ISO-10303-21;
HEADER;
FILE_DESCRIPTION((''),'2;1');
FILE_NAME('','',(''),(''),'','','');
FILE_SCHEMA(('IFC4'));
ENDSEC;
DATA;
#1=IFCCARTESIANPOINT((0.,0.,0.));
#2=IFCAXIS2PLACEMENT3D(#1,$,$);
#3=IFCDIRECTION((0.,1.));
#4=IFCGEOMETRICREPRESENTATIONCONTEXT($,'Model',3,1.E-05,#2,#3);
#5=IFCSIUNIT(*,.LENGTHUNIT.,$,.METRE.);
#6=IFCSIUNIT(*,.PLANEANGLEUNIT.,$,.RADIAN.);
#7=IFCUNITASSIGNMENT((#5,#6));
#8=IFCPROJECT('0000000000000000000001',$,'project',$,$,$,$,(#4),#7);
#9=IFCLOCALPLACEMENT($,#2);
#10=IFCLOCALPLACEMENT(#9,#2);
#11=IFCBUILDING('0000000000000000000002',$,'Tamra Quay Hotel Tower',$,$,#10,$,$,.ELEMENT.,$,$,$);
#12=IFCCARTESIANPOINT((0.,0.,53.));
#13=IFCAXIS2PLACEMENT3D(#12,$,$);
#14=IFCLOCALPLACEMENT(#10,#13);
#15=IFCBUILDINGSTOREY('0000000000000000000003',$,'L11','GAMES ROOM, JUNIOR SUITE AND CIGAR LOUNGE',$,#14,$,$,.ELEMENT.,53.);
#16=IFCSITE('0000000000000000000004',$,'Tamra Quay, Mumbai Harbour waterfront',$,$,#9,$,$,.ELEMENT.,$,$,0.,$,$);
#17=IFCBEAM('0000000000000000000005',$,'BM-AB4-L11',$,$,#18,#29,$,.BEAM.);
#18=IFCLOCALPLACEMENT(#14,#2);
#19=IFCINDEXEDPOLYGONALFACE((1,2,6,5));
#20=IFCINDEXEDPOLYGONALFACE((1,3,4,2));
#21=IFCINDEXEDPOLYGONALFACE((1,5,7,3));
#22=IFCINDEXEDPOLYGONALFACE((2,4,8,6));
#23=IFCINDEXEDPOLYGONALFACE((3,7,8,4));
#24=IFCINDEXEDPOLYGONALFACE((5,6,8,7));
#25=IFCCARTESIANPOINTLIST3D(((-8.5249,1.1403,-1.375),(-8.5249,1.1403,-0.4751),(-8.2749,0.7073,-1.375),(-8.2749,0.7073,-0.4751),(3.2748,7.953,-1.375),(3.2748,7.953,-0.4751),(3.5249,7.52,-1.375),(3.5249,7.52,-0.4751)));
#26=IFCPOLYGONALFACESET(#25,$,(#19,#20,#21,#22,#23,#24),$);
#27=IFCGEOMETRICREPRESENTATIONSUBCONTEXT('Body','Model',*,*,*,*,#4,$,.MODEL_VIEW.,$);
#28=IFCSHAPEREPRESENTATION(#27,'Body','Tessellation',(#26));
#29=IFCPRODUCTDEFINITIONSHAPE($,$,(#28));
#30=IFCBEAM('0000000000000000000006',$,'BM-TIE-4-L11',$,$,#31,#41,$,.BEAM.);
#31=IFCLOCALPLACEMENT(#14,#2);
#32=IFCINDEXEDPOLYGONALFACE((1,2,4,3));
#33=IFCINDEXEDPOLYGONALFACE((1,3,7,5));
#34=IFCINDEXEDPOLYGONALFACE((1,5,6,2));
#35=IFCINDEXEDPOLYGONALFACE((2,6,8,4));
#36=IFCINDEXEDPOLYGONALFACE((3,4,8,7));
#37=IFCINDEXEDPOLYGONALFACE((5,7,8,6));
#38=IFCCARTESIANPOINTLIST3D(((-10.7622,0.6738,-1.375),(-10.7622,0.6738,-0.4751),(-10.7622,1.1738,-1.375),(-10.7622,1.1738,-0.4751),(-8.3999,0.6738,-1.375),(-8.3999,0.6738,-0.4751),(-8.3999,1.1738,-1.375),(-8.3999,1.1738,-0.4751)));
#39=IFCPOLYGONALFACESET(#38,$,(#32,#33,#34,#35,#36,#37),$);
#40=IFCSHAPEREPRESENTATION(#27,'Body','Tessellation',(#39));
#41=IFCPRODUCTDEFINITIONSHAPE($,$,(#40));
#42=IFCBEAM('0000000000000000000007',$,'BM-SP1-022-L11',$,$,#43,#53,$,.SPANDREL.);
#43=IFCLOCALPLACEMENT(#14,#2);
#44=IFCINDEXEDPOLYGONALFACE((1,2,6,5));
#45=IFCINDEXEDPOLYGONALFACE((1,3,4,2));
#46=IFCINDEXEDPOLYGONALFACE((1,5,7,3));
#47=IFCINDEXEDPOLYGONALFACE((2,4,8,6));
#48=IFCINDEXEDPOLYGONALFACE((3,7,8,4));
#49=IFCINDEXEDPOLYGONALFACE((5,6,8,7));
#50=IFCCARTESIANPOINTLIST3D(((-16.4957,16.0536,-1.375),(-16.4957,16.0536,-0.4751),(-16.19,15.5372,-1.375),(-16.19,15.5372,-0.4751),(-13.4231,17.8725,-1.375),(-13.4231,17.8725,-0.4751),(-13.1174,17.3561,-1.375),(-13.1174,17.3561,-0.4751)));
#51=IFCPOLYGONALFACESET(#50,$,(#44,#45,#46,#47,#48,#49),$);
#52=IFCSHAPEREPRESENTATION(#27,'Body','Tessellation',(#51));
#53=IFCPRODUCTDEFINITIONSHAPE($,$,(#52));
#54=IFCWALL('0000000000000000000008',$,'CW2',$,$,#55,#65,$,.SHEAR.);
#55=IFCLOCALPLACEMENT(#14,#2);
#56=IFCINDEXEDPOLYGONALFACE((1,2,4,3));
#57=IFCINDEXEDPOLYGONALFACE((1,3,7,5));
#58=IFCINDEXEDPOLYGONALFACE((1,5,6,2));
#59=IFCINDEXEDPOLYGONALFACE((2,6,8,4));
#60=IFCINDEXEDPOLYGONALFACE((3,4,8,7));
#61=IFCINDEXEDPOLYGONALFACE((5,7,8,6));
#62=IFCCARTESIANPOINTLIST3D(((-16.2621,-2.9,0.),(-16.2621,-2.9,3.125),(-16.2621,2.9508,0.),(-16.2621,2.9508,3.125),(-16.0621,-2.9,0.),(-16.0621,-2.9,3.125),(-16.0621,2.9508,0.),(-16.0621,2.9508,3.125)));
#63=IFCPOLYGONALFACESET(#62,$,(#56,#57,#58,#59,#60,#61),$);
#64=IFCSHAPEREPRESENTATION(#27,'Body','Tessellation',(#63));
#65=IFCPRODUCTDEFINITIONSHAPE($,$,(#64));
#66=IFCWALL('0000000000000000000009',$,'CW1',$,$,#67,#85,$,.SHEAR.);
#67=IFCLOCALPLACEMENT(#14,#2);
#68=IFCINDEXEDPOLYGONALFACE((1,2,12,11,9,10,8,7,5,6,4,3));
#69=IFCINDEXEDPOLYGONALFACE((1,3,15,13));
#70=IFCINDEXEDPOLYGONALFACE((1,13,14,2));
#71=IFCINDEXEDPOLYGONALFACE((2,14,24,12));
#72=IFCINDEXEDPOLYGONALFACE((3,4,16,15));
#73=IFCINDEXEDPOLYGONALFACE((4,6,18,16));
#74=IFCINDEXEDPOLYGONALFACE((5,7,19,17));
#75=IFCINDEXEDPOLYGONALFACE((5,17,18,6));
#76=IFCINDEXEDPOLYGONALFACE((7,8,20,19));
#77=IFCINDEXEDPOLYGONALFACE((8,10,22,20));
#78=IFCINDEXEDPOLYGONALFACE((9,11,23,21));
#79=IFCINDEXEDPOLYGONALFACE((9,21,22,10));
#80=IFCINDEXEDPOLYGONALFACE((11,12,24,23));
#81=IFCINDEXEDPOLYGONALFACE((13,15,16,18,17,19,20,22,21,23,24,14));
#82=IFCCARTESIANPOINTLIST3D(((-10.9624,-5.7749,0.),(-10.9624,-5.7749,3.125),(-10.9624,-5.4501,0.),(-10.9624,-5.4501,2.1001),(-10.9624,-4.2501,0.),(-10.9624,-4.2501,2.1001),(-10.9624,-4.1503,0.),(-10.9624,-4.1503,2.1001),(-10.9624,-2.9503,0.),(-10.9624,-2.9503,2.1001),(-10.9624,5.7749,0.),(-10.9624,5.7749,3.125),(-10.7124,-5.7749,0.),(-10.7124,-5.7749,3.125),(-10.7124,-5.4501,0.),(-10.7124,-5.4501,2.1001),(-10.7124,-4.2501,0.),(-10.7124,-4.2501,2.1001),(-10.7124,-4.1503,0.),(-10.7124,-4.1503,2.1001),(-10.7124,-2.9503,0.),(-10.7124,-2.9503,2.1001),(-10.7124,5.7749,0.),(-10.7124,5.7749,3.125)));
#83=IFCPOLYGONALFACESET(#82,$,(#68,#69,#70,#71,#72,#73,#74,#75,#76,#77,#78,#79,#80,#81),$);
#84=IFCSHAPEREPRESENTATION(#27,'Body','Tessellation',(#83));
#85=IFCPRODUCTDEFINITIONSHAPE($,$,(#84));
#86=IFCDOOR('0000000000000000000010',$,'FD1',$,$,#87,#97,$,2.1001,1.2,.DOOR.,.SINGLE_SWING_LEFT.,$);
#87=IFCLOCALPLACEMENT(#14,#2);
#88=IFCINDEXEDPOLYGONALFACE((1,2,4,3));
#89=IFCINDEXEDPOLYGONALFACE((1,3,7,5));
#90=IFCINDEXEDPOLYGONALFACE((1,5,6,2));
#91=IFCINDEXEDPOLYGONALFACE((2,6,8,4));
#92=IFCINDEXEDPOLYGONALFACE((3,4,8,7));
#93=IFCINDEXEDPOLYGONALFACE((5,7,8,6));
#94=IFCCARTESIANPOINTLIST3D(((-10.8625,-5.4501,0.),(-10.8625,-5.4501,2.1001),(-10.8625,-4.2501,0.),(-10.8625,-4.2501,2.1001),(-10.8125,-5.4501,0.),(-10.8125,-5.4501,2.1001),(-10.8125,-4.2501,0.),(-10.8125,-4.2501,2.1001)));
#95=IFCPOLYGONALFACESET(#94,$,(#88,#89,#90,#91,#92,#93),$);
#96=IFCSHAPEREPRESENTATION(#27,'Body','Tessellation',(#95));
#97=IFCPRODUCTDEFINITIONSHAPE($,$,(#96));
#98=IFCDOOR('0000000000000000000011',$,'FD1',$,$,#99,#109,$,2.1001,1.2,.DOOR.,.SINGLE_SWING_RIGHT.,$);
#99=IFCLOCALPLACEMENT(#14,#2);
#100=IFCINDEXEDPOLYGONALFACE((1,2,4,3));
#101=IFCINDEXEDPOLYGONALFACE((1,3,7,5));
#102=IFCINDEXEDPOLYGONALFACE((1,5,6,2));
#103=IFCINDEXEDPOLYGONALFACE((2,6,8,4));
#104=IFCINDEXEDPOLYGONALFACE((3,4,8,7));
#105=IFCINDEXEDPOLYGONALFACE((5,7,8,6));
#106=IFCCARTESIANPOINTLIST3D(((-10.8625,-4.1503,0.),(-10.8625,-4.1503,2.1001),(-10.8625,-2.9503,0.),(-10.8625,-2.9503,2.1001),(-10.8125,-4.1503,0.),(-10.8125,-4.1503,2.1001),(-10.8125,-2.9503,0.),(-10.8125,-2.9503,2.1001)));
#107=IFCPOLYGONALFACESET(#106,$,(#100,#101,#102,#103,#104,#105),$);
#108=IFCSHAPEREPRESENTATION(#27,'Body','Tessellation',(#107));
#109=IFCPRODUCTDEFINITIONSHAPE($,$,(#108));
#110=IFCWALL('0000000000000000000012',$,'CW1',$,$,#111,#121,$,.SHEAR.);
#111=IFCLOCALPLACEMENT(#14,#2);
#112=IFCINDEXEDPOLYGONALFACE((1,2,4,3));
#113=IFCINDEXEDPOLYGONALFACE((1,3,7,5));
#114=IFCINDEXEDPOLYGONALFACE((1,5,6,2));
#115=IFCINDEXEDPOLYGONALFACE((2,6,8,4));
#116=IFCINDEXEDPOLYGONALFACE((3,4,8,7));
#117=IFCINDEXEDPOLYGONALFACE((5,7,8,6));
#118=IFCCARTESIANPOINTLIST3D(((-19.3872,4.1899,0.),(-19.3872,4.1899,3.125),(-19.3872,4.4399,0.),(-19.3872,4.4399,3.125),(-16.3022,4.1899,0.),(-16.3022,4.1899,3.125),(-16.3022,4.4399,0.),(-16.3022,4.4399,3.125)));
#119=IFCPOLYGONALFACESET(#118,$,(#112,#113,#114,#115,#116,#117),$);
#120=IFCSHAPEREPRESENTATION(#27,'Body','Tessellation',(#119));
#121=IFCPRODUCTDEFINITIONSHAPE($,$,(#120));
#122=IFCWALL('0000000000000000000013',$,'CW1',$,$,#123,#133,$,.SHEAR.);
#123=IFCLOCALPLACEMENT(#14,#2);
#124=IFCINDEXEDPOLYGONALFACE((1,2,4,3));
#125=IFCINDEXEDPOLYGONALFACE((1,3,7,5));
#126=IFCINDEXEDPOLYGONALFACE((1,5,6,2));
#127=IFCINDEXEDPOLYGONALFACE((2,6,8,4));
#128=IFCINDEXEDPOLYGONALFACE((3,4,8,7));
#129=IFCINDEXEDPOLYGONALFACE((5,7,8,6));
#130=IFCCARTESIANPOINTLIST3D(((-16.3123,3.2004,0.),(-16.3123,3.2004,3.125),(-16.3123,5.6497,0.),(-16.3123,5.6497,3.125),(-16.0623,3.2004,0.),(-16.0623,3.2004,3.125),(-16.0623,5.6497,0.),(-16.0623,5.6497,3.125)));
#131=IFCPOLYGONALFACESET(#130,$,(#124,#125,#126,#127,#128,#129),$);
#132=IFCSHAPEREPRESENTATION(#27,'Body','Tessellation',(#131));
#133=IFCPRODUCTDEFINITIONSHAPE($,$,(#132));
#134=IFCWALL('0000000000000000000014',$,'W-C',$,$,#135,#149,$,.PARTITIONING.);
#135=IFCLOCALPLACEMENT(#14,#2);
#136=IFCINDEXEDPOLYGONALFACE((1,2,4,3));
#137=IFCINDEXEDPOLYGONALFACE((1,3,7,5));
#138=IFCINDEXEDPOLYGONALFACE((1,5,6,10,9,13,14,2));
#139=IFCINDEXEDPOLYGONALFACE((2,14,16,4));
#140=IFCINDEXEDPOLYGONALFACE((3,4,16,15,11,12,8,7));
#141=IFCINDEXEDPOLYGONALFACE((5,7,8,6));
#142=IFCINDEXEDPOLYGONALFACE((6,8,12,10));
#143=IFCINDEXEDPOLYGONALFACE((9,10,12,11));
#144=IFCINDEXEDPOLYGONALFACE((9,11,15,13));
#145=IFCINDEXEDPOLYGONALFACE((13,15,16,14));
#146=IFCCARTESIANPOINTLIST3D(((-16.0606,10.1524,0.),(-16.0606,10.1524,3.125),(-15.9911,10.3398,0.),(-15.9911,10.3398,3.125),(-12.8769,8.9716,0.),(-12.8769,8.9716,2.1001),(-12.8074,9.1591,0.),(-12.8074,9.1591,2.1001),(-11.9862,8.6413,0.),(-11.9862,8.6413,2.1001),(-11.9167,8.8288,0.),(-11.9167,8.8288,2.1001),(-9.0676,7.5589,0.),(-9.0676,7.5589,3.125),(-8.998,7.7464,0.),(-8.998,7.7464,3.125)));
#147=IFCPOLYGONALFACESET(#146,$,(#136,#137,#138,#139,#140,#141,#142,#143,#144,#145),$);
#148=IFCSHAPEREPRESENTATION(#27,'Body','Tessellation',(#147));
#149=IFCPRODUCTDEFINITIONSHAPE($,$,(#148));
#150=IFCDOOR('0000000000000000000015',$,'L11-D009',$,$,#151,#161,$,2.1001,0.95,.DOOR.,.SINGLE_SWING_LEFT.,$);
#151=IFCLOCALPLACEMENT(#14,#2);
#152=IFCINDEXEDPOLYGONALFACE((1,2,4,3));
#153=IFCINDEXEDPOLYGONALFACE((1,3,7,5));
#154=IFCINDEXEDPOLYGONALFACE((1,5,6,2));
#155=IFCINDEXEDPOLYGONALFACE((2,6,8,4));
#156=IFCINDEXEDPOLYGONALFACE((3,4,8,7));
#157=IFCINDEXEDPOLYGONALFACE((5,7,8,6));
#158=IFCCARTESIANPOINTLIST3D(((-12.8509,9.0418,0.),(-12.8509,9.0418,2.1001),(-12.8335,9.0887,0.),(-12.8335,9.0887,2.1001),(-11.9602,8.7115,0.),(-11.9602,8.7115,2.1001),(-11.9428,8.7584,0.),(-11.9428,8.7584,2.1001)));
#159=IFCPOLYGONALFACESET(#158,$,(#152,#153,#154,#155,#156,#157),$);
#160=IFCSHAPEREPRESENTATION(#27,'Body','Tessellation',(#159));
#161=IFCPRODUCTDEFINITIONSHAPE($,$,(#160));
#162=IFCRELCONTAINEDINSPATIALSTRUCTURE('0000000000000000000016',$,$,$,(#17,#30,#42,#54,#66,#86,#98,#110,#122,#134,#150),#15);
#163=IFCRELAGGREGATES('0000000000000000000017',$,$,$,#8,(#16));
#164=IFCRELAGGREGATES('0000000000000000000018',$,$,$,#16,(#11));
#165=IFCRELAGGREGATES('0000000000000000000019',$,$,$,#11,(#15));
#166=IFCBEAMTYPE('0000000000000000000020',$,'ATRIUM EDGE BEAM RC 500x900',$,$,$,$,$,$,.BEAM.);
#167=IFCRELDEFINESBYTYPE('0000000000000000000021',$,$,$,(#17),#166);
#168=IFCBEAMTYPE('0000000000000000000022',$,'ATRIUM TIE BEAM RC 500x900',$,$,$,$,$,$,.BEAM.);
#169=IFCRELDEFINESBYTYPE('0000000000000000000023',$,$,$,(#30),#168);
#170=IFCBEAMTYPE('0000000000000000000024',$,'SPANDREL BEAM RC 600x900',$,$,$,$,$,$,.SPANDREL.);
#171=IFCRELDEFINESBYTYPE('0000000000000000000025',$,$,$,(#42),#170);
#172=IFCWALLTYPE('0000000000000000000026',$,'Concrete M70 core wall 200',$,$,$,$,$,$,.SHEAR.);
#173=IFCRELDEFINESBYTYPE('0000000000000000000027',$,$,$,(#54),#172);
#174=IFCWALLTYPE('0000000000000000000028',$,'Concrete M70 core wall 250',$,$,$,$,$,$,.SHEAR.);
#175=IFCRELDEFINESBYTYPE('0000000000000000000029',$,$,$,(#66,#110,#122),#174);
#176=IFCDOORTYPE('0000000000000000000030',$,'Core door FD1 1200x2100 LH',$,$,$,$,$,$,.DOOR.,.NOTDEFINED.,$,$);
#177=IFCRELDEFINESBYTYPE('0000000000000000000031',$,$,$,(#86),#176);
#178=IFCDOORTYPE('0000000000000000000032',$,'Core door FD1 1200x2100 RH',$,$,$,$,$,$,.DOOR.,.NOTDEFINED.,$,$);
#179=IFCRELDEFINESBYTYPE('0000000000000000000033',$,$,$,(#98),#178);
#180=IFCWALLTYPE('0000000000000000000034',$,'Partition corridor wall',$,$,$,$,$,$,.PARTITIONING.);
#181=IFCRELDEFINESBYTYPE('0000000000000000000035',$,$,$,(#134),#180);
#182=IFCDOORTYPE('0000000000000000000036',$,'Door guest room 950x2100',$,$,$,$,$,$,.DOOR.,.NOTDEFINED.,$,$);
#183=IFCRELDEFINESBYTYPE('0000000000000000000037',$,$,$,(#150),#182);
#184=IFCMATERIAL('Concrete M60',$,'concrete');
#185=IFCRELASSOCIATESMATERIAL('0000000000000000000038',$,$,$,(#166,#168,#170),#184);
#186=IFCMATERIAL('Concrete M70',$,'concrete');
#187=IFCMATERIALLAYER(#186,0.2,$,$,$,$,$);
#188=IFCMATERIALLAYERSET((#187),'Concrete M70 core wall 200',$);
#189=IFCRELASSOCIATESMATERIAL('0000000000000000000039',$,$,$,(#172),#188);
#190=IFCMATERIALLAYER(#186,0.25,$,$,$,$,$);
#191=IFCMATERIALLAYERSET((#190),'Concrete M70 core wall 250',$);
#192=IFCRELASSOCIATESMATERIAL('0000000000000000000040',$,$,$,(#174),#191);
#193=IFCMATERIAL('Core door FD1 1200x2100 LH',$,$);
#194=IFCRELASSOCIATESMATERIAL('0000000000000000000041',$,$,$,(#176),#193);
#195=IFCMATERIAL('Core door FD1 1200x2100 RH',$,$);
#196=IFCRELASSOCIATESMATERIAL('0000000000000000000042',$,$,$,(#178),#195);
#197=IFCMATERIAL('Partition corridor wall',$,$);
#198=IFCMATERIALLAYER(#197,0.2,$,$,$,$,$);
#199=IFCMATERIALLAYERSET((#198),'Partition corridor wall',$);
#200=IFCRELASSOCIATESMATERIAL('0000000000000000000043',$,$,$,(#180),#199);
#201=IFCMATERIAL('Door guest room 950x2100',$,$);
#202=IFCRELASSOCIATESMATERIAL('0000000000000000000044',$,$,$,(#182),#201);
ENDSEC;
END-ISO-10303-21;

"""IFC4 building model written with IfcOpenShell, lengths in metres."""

from ifc_helpers import new_model, si_unit, direction, frame, frame_2d, origin, origin_2d, place, context, subcontext, project, spatial, rectangle, extrude, material, layer, layer_set, material_profile, profile_set, type_object, element, fill, save


model = new_model("IFC4")

# Units and contexts
model_context = context("Model", 3, precision=1e-05, world=origin(), true_north=direction((0.0, 1.0)))
body_context = subcontext(model_context, "Body", "Model", "MODEL_VIEW")
ifc_project = project(units=[si_unit("LENGTHUNIT", "METRE"), si_unit("PLANEANGLEUNIT", "RADIAN")], contexts=[model_context])

# Site, building, storey
site_placement = place(None, origin())
site = spatial("IfcSite", under=ifc_project, at=site_placement, Name="Tamra Quay, Mumbai Harbour waterfront", CompositionType="ELEMENT", RefElevation=0.0)
building_placement = place(site_placement, origin())
building = spatial("IfcBuilding", under=site, at=building_placement, Name="Tamra Quay Hotel Tower", CompositionType="ELEMENT")
storey_placement = place(building_placement, frame((0.0, 0.0, 53.0)))
storey = spatial("IfcBuildingStorey", under=building, at=storey_placement, Name="L11", Description="GAMES ROOM, JUNIOR SUITE AND CIGAR LOUNGE", CompositionType="ELEMENT", Elevation=53.0)

# Beams
ifc_material_1 = material(Name="Concrete M60", Category="concrete")
ifc_material_profile_1 = material_profile(ifc_material_1, rectangle(XDim=0.5, YDim=0.8999, at=origin_2d()), Name="ATRIUM EDGE BEAM RC 500x900")
ifc_profile_set_1 = profile_set([ifc_material_profile_1], Name="Concrete M60")
beam_type_1 = type_object("IfcBeamType", Name="ATRIUM EDGE BEAM RC 500x900", PredefinedType="BEAM", material=ifc_profile_set_1)
beam_1_placement = place(storey_placement, frame((-8.3999, 0.9238, -0.925), z_axis=(0.866021, 0.500007, 0.0), x_axis=(-0.500007, 0.866021, 0.0)))
element("IfcBeam", 1, at=beam_1_placement, inside=storey, type_object=beam_type_1, Name="BM-AB4-L11", PredefinedType="BEAM", context=body_context, shape_type="SweptSolid", body=[
    extrude(rectangle(XDim=0.5, YDim=0.8999, at=origin_2d()), origin(), (0.0, 0.0, 1.0), 13.6252),
])
ifc_material_profile_2 = material_profile(ifc_material_1, rectangle(XDim=0.5, YDim=0.8999, at=origin_2d()), Name="ATRIUM TIE BEAM RC 500x900")
ifc_profile_set_2 = profile_set([ifc_material_profile_2], Name="Concrete M60")
beam_type_2 = type_object("IfcBeamType", Name="ATRIUM TIE BEAM RC 500x900", PredefinedType="BEAM", material=ifc_profile_set_2)
beam_2_placement = place(storey_placement, frame((-8.3999, 0.9238, -0.925), z_axis=(-1.0, 0.0, 0.0), x_axis=(0.0, -1.0, 0.0)))
element("IfcBeam", 2, at=beam_2_placement, inside=storey, type_object=beam_type_2, Name="BM-TIE-4-L11", PredefinedType="BEAM", context=body_context, shape_type="SweptSolid", body=[
    extrude(rectangle(XDim=0.5, YDim=0.8999, at=origin_2d()), origin(), (0.0, 0.0, 1.0), 2.3623),
])
ifc_material_profile_3 = material_profile(ifc_material_1, rectangle(XDim=0.6001, YDim=0.8999, at=origin_2d()), Name="SPANDREL BEAM RC 600x900")
ifc_profile_set_3 = profile_set([ifc_material_profile_3], Name="Concrete M60")
beam_type_3 = type_object("IfcBeamType", Name="SPANDREL BEAM RC 600x900", PredefinedType="SPANDREL", material=ifc_profile_set_3)
beam_3_placement = place(storey_placement, frame((-13.2703, 17.6143, -0.925), z_axis=(-0.860525, -0.509409, 0.0), x_axis=(0.509409, -0.860525, 0.0)))
element("IfcBeam", 3, at=beam_3_placement, inside=storey, type_object=beam_type_3, Name="BM-SP1-022-L11", PredefinedType="SPANDREL", context=body_context, shape_type="SweptSolid", body=[
    extrude(rectangle(XDim=0.6001, YDim=0.8999, at=origin_2d()), origin(), (0.0, 0.0, 1.0), 3.5706),
])

# Wall
ifc_material_2 = material(Name="Concrete M70", Category="concrete")
ifc_layer_1 = layer(ifc_material_2, 0.2)
ifc_layer_set_1 = layer_set([ifc_layer_1], Name="Concrete M70 core wall 200")
wall_type_1 = type_object("IfcWallType", Name="Concrete M70 core wall 200", PredefinedType="SHEAR", material=ifc_layer_set_1)
wall_1_placement = place(storey_placement, frame((-16.1621, 2.9507, 0.0), z_axis=(0.0, 0.0, 1.0), x_axis=(0.0, -1.0, 0.0)))
element("IfcWall", 4, at=wall_1_placement, inside=storey, type_object=wall_type_1, Name="CW2", PredefinedType="SHEAR", context=body_context, shape_type="SweptSolid", body=[
    extrude(rectangle(XDim=5.8508, YDim=0.2, at=frame_2d((2.9253, 0.0))), origin(), (0.0, 0.0, 1.0), 3.125),
])

# Wall, openings, doors
ifc_layer_2 = layer(ifc_material_2, 0.25)
ifc_layer_set_2 = layer_set([ifc_layer_2], Name="Concrete M70 core wall 250")
wall_type_2 = type_object("IfcWallType", Name="Concrete M70 core wall 250", PredefinedType="SHEAR", material=ifc_layer_set_2)
wall_2_placement = place(storey_placement, frame((-10.8374, 5.7749, 0.0), z_axis=(0.0, 0.0, 1.0), x_axis=(0.0, -1.0, 0.0)))
wall_2 = element("IfcWall", 5, at=wall_2_placement, inside=storey, type_object=wall_type_2, Name="CW1", PredefinedType="SHEAR", context=body_context, shape_type="SweptSolid", body=[
    extrude(rectangle(XDim=11.5498, YDim=0.25, at=frame_2d((5.7749, 0.0))), origin(), (0.0, 0.0, 1.0), 3.125),
])
opening_1_placement = place(wall_2_placement, frame((10.0249, 0.0, 0.0)))
opening_1 = element("IfcOpeningElement", 6, at=opening_1_placement, cuts=wall_2, PredefinedType="OPENING", context=body_context, shape_type="SweptSolid", body=[
    extrude(rectangle(XDim=1.2, YDim=2.1001, at=frame_2d((0.6001, 1.05))), frame((0.0, 0.135, 0.0), z_axis=(0.0, -1.0, 0.0), x_axis=(1.0, 0.0, 0.0)), (0.0, 0.0, 1.0), 0.27),
])
opening_2_placement = place(wall_2_placement, frame((8.7251, 0.0, 0.0)))
opening_2 = element("IfcOpeningElement", 7, at=opening_2_placement, cuts=wall_2, PredefinedType="OPENING", context=body_context, shape_type="SweptSolid", body=[
    extrude(rectangle(XDim=1.2, YDim=2.1001, at=frame_2d((0.6001, 1.05))), frame((0.0, 0.135, 0.0), z_axis=(0.0, -1.0, 0.0), x_axis=(1.0, 0.0, 0.0)), (0.0, 0.0, 1.0), 0.27),
])
ifc_material_3 = material(Name="Core door FD1 1200x2100 LH")
door_type_1 = type_object("IfcDoorType", Name="Core door FD1 1200x2100 LH", OperationType="NOTDEFINED", PredefinedType="DOOR", material=ifc_material_3)
door_1_placement = place(opening_1_placement, origin())
door_1 = element("IfcDoor", 8, at=door_1_placement, inside=storey, type_object=door_type_1, Name="FD1", OperationType="SINGLE_SWING_LEFT", OverallHeight=2.1001, OverallWidth=1.2, PredefinedType="DOOR", context=body_context, shape_type="SweptSolid", body=[
    extrude(rectangle(XDim=1.2, YDim=2.1001, at=frame_2d((0.6001, 1.05))), frame((0.0, 0.0249, 0.0), z_axis=(0.0, -1.0, 0.0), x_axis=(1.0, 0.0, 0.0)), (0.0, 0.0, 1.0), 0.05),
])
fill(opening_1, door_1)
ifc_material_4 = material(Name="Core door FD1 1200x2100 RH")
door_type_2 = type_object("IfcDoorType", Name="Core door FD1 1200x2100 RH", OperationType="NOTDEFINED", PredefinedType="DOOR", material=ifc_material_4)
door_2_placement = place(opening_2_placement, origin())
door_2 = element("IfcDoor", 9, at=door_2_placement, inside=storey, type_object=door_type_2, Name="FD1", OperationType="SINGLE_SWING_RIGHT", OverallHeight=2.1001, OverallWidth=1.2, PredefinedType="DOOR", context=body_context, shape_type="SweptSolid", body=[
    extrude(rectangle(XDim=1.2, YDim=2.1001, at=frame_2d((0.6001, 1.05))), frame((0.0, 0.0249, 0.0), z_axis=(0.0, -1.0, 0.0), x_axis=(1.0, 0.0, 0.0)), (0.0, 0.0, 1.0), 0.05),
])
fill(opening_2, door_2)

# Walls
wall_3_placement = place(storey_placement, frame((-16.3022, 4.3149, 0.0), z_axis=(0.0, 0.0, 1.0), x_axis=(-1.0, 0.0, 0.0)))
element("IfcWall", 10, at=wall_3_placement, inside=storey, type_object=wall_type_2, Name="CW1", PredefinedType="SHEAR", context=body_context, shape_type="SweptSolid", body=[
    extrude(rectangle(XDim=3.085, YDim=0.25, at=frame_2d((1.5425, 0.0))), origin(), (0.0, 0.0, 1.0), 3.125),
])
wall_4_placement = place(storey_placement, frame((-16.1873, 3.2004, 0.0), z_axis=(0.0, 0.0, 1.0), x_axis=(0.0, 1.0, 0.0)))
element("IfcWall", 11, at=wall_4_placement, inside=storey, type_object=wall_type_2, Name="CW1", PredefinedType="SHEAR", context=body_context, shape_type="SweptSolid", body=[
    extrude(rectangle(XDim=2.4492, YDim=0.25, at=frame_2d((1.2246, 0.0))), origin(), (0.0, 0.0, 1.0), 3.125),
])

# Wall, opening, door
ifc_material_5 = material(Name="Partition corridor wall")
ifc_layer_3 = layer(ifc_material_5, 0.2)
ifc_layer_set_3 = layer_set([ifc_layer_3], Name="Partition corridor wall")
wall_type_3 = type_object("IfcWallType", Name="Partition corridor wall", PredefinedType="PARTITIONING", material=ifc_layer_set_3)
wall_5_placement = place(storey_placement, frame((-16.0259, 10.2461, 0.0), z_axis=(0.0, 0.0, 1.0), x_axis=(0.937598, -0.347721, 0.0)))
wall_5 = element("IfcWall", 12, at=wall_5_placement, inside=storey, type_object=wall_type_3, Name="W-C", PredefinedType="PARTITIONING", context=body_context, shape_type="SweptSolid", body=[
    extrude(rectangle(XDim=7.4585, YDim=0.2, at=frame_2d((3.7292, 0.0))), origin(), (0.0, 0.0, 1.0), 3.125),
])
opening_3_placement = place(wall_5_placement, frame((3.3955, 0.0, 0.0)))
opening_3 = element("IfcOpeningElement", 13, at=opening_3_placement, cuts=wall_5, PredefinedType="OPENING", context=body_context, shape_type="SweptSolid", body=[
    extrude(rectangle(XDim=0.95, YDim=2.1001, at=frame_2d((0.4751, 1.05))), frame((0.0, 0.1099, 0.0), z_axis=(0.0, -1.0, 0.0), x_axis=(1.0, 0.0, 0.0)), (0.0, 0.0, 1.0), 0.22),
])
ifc_material_6 = material(Name="Door guest room 950x2100")
door_type_3 = type_object("IfcDoorType", Name="Door guest room 950x2100", OperationType="NOTDEFINED", PredefinedType="DOOR", material=ifc_material_6)
door_3_placement = place(opening_3_placement, origin())
door_3 = element("IfcDoor", 14, at=door_3_placement, inside=storey, type_object=door_type_3, Name="L11-D009", OperationType="SINGLE_SWING_LEFT", OverallHeight=2.1001, OverallWidth=0.95, PredefinedType="DOOR", context=body_context, shape_type="SweptSolid", body=[
    extrude(rectangle(XDim=0.95, YDim=2.1001, at=frame_2d((0.4751, 1.05))), frame((0.0, 0.0249, 0.0), z_axis=(0.0, -1.0, 0.0), x_axis=(1.0, 0.0, 0.0)), (0.0, 0.0, 1.0), 0.05),
])
fill(opening_3, door_3)

save(model, "model.ifc")
